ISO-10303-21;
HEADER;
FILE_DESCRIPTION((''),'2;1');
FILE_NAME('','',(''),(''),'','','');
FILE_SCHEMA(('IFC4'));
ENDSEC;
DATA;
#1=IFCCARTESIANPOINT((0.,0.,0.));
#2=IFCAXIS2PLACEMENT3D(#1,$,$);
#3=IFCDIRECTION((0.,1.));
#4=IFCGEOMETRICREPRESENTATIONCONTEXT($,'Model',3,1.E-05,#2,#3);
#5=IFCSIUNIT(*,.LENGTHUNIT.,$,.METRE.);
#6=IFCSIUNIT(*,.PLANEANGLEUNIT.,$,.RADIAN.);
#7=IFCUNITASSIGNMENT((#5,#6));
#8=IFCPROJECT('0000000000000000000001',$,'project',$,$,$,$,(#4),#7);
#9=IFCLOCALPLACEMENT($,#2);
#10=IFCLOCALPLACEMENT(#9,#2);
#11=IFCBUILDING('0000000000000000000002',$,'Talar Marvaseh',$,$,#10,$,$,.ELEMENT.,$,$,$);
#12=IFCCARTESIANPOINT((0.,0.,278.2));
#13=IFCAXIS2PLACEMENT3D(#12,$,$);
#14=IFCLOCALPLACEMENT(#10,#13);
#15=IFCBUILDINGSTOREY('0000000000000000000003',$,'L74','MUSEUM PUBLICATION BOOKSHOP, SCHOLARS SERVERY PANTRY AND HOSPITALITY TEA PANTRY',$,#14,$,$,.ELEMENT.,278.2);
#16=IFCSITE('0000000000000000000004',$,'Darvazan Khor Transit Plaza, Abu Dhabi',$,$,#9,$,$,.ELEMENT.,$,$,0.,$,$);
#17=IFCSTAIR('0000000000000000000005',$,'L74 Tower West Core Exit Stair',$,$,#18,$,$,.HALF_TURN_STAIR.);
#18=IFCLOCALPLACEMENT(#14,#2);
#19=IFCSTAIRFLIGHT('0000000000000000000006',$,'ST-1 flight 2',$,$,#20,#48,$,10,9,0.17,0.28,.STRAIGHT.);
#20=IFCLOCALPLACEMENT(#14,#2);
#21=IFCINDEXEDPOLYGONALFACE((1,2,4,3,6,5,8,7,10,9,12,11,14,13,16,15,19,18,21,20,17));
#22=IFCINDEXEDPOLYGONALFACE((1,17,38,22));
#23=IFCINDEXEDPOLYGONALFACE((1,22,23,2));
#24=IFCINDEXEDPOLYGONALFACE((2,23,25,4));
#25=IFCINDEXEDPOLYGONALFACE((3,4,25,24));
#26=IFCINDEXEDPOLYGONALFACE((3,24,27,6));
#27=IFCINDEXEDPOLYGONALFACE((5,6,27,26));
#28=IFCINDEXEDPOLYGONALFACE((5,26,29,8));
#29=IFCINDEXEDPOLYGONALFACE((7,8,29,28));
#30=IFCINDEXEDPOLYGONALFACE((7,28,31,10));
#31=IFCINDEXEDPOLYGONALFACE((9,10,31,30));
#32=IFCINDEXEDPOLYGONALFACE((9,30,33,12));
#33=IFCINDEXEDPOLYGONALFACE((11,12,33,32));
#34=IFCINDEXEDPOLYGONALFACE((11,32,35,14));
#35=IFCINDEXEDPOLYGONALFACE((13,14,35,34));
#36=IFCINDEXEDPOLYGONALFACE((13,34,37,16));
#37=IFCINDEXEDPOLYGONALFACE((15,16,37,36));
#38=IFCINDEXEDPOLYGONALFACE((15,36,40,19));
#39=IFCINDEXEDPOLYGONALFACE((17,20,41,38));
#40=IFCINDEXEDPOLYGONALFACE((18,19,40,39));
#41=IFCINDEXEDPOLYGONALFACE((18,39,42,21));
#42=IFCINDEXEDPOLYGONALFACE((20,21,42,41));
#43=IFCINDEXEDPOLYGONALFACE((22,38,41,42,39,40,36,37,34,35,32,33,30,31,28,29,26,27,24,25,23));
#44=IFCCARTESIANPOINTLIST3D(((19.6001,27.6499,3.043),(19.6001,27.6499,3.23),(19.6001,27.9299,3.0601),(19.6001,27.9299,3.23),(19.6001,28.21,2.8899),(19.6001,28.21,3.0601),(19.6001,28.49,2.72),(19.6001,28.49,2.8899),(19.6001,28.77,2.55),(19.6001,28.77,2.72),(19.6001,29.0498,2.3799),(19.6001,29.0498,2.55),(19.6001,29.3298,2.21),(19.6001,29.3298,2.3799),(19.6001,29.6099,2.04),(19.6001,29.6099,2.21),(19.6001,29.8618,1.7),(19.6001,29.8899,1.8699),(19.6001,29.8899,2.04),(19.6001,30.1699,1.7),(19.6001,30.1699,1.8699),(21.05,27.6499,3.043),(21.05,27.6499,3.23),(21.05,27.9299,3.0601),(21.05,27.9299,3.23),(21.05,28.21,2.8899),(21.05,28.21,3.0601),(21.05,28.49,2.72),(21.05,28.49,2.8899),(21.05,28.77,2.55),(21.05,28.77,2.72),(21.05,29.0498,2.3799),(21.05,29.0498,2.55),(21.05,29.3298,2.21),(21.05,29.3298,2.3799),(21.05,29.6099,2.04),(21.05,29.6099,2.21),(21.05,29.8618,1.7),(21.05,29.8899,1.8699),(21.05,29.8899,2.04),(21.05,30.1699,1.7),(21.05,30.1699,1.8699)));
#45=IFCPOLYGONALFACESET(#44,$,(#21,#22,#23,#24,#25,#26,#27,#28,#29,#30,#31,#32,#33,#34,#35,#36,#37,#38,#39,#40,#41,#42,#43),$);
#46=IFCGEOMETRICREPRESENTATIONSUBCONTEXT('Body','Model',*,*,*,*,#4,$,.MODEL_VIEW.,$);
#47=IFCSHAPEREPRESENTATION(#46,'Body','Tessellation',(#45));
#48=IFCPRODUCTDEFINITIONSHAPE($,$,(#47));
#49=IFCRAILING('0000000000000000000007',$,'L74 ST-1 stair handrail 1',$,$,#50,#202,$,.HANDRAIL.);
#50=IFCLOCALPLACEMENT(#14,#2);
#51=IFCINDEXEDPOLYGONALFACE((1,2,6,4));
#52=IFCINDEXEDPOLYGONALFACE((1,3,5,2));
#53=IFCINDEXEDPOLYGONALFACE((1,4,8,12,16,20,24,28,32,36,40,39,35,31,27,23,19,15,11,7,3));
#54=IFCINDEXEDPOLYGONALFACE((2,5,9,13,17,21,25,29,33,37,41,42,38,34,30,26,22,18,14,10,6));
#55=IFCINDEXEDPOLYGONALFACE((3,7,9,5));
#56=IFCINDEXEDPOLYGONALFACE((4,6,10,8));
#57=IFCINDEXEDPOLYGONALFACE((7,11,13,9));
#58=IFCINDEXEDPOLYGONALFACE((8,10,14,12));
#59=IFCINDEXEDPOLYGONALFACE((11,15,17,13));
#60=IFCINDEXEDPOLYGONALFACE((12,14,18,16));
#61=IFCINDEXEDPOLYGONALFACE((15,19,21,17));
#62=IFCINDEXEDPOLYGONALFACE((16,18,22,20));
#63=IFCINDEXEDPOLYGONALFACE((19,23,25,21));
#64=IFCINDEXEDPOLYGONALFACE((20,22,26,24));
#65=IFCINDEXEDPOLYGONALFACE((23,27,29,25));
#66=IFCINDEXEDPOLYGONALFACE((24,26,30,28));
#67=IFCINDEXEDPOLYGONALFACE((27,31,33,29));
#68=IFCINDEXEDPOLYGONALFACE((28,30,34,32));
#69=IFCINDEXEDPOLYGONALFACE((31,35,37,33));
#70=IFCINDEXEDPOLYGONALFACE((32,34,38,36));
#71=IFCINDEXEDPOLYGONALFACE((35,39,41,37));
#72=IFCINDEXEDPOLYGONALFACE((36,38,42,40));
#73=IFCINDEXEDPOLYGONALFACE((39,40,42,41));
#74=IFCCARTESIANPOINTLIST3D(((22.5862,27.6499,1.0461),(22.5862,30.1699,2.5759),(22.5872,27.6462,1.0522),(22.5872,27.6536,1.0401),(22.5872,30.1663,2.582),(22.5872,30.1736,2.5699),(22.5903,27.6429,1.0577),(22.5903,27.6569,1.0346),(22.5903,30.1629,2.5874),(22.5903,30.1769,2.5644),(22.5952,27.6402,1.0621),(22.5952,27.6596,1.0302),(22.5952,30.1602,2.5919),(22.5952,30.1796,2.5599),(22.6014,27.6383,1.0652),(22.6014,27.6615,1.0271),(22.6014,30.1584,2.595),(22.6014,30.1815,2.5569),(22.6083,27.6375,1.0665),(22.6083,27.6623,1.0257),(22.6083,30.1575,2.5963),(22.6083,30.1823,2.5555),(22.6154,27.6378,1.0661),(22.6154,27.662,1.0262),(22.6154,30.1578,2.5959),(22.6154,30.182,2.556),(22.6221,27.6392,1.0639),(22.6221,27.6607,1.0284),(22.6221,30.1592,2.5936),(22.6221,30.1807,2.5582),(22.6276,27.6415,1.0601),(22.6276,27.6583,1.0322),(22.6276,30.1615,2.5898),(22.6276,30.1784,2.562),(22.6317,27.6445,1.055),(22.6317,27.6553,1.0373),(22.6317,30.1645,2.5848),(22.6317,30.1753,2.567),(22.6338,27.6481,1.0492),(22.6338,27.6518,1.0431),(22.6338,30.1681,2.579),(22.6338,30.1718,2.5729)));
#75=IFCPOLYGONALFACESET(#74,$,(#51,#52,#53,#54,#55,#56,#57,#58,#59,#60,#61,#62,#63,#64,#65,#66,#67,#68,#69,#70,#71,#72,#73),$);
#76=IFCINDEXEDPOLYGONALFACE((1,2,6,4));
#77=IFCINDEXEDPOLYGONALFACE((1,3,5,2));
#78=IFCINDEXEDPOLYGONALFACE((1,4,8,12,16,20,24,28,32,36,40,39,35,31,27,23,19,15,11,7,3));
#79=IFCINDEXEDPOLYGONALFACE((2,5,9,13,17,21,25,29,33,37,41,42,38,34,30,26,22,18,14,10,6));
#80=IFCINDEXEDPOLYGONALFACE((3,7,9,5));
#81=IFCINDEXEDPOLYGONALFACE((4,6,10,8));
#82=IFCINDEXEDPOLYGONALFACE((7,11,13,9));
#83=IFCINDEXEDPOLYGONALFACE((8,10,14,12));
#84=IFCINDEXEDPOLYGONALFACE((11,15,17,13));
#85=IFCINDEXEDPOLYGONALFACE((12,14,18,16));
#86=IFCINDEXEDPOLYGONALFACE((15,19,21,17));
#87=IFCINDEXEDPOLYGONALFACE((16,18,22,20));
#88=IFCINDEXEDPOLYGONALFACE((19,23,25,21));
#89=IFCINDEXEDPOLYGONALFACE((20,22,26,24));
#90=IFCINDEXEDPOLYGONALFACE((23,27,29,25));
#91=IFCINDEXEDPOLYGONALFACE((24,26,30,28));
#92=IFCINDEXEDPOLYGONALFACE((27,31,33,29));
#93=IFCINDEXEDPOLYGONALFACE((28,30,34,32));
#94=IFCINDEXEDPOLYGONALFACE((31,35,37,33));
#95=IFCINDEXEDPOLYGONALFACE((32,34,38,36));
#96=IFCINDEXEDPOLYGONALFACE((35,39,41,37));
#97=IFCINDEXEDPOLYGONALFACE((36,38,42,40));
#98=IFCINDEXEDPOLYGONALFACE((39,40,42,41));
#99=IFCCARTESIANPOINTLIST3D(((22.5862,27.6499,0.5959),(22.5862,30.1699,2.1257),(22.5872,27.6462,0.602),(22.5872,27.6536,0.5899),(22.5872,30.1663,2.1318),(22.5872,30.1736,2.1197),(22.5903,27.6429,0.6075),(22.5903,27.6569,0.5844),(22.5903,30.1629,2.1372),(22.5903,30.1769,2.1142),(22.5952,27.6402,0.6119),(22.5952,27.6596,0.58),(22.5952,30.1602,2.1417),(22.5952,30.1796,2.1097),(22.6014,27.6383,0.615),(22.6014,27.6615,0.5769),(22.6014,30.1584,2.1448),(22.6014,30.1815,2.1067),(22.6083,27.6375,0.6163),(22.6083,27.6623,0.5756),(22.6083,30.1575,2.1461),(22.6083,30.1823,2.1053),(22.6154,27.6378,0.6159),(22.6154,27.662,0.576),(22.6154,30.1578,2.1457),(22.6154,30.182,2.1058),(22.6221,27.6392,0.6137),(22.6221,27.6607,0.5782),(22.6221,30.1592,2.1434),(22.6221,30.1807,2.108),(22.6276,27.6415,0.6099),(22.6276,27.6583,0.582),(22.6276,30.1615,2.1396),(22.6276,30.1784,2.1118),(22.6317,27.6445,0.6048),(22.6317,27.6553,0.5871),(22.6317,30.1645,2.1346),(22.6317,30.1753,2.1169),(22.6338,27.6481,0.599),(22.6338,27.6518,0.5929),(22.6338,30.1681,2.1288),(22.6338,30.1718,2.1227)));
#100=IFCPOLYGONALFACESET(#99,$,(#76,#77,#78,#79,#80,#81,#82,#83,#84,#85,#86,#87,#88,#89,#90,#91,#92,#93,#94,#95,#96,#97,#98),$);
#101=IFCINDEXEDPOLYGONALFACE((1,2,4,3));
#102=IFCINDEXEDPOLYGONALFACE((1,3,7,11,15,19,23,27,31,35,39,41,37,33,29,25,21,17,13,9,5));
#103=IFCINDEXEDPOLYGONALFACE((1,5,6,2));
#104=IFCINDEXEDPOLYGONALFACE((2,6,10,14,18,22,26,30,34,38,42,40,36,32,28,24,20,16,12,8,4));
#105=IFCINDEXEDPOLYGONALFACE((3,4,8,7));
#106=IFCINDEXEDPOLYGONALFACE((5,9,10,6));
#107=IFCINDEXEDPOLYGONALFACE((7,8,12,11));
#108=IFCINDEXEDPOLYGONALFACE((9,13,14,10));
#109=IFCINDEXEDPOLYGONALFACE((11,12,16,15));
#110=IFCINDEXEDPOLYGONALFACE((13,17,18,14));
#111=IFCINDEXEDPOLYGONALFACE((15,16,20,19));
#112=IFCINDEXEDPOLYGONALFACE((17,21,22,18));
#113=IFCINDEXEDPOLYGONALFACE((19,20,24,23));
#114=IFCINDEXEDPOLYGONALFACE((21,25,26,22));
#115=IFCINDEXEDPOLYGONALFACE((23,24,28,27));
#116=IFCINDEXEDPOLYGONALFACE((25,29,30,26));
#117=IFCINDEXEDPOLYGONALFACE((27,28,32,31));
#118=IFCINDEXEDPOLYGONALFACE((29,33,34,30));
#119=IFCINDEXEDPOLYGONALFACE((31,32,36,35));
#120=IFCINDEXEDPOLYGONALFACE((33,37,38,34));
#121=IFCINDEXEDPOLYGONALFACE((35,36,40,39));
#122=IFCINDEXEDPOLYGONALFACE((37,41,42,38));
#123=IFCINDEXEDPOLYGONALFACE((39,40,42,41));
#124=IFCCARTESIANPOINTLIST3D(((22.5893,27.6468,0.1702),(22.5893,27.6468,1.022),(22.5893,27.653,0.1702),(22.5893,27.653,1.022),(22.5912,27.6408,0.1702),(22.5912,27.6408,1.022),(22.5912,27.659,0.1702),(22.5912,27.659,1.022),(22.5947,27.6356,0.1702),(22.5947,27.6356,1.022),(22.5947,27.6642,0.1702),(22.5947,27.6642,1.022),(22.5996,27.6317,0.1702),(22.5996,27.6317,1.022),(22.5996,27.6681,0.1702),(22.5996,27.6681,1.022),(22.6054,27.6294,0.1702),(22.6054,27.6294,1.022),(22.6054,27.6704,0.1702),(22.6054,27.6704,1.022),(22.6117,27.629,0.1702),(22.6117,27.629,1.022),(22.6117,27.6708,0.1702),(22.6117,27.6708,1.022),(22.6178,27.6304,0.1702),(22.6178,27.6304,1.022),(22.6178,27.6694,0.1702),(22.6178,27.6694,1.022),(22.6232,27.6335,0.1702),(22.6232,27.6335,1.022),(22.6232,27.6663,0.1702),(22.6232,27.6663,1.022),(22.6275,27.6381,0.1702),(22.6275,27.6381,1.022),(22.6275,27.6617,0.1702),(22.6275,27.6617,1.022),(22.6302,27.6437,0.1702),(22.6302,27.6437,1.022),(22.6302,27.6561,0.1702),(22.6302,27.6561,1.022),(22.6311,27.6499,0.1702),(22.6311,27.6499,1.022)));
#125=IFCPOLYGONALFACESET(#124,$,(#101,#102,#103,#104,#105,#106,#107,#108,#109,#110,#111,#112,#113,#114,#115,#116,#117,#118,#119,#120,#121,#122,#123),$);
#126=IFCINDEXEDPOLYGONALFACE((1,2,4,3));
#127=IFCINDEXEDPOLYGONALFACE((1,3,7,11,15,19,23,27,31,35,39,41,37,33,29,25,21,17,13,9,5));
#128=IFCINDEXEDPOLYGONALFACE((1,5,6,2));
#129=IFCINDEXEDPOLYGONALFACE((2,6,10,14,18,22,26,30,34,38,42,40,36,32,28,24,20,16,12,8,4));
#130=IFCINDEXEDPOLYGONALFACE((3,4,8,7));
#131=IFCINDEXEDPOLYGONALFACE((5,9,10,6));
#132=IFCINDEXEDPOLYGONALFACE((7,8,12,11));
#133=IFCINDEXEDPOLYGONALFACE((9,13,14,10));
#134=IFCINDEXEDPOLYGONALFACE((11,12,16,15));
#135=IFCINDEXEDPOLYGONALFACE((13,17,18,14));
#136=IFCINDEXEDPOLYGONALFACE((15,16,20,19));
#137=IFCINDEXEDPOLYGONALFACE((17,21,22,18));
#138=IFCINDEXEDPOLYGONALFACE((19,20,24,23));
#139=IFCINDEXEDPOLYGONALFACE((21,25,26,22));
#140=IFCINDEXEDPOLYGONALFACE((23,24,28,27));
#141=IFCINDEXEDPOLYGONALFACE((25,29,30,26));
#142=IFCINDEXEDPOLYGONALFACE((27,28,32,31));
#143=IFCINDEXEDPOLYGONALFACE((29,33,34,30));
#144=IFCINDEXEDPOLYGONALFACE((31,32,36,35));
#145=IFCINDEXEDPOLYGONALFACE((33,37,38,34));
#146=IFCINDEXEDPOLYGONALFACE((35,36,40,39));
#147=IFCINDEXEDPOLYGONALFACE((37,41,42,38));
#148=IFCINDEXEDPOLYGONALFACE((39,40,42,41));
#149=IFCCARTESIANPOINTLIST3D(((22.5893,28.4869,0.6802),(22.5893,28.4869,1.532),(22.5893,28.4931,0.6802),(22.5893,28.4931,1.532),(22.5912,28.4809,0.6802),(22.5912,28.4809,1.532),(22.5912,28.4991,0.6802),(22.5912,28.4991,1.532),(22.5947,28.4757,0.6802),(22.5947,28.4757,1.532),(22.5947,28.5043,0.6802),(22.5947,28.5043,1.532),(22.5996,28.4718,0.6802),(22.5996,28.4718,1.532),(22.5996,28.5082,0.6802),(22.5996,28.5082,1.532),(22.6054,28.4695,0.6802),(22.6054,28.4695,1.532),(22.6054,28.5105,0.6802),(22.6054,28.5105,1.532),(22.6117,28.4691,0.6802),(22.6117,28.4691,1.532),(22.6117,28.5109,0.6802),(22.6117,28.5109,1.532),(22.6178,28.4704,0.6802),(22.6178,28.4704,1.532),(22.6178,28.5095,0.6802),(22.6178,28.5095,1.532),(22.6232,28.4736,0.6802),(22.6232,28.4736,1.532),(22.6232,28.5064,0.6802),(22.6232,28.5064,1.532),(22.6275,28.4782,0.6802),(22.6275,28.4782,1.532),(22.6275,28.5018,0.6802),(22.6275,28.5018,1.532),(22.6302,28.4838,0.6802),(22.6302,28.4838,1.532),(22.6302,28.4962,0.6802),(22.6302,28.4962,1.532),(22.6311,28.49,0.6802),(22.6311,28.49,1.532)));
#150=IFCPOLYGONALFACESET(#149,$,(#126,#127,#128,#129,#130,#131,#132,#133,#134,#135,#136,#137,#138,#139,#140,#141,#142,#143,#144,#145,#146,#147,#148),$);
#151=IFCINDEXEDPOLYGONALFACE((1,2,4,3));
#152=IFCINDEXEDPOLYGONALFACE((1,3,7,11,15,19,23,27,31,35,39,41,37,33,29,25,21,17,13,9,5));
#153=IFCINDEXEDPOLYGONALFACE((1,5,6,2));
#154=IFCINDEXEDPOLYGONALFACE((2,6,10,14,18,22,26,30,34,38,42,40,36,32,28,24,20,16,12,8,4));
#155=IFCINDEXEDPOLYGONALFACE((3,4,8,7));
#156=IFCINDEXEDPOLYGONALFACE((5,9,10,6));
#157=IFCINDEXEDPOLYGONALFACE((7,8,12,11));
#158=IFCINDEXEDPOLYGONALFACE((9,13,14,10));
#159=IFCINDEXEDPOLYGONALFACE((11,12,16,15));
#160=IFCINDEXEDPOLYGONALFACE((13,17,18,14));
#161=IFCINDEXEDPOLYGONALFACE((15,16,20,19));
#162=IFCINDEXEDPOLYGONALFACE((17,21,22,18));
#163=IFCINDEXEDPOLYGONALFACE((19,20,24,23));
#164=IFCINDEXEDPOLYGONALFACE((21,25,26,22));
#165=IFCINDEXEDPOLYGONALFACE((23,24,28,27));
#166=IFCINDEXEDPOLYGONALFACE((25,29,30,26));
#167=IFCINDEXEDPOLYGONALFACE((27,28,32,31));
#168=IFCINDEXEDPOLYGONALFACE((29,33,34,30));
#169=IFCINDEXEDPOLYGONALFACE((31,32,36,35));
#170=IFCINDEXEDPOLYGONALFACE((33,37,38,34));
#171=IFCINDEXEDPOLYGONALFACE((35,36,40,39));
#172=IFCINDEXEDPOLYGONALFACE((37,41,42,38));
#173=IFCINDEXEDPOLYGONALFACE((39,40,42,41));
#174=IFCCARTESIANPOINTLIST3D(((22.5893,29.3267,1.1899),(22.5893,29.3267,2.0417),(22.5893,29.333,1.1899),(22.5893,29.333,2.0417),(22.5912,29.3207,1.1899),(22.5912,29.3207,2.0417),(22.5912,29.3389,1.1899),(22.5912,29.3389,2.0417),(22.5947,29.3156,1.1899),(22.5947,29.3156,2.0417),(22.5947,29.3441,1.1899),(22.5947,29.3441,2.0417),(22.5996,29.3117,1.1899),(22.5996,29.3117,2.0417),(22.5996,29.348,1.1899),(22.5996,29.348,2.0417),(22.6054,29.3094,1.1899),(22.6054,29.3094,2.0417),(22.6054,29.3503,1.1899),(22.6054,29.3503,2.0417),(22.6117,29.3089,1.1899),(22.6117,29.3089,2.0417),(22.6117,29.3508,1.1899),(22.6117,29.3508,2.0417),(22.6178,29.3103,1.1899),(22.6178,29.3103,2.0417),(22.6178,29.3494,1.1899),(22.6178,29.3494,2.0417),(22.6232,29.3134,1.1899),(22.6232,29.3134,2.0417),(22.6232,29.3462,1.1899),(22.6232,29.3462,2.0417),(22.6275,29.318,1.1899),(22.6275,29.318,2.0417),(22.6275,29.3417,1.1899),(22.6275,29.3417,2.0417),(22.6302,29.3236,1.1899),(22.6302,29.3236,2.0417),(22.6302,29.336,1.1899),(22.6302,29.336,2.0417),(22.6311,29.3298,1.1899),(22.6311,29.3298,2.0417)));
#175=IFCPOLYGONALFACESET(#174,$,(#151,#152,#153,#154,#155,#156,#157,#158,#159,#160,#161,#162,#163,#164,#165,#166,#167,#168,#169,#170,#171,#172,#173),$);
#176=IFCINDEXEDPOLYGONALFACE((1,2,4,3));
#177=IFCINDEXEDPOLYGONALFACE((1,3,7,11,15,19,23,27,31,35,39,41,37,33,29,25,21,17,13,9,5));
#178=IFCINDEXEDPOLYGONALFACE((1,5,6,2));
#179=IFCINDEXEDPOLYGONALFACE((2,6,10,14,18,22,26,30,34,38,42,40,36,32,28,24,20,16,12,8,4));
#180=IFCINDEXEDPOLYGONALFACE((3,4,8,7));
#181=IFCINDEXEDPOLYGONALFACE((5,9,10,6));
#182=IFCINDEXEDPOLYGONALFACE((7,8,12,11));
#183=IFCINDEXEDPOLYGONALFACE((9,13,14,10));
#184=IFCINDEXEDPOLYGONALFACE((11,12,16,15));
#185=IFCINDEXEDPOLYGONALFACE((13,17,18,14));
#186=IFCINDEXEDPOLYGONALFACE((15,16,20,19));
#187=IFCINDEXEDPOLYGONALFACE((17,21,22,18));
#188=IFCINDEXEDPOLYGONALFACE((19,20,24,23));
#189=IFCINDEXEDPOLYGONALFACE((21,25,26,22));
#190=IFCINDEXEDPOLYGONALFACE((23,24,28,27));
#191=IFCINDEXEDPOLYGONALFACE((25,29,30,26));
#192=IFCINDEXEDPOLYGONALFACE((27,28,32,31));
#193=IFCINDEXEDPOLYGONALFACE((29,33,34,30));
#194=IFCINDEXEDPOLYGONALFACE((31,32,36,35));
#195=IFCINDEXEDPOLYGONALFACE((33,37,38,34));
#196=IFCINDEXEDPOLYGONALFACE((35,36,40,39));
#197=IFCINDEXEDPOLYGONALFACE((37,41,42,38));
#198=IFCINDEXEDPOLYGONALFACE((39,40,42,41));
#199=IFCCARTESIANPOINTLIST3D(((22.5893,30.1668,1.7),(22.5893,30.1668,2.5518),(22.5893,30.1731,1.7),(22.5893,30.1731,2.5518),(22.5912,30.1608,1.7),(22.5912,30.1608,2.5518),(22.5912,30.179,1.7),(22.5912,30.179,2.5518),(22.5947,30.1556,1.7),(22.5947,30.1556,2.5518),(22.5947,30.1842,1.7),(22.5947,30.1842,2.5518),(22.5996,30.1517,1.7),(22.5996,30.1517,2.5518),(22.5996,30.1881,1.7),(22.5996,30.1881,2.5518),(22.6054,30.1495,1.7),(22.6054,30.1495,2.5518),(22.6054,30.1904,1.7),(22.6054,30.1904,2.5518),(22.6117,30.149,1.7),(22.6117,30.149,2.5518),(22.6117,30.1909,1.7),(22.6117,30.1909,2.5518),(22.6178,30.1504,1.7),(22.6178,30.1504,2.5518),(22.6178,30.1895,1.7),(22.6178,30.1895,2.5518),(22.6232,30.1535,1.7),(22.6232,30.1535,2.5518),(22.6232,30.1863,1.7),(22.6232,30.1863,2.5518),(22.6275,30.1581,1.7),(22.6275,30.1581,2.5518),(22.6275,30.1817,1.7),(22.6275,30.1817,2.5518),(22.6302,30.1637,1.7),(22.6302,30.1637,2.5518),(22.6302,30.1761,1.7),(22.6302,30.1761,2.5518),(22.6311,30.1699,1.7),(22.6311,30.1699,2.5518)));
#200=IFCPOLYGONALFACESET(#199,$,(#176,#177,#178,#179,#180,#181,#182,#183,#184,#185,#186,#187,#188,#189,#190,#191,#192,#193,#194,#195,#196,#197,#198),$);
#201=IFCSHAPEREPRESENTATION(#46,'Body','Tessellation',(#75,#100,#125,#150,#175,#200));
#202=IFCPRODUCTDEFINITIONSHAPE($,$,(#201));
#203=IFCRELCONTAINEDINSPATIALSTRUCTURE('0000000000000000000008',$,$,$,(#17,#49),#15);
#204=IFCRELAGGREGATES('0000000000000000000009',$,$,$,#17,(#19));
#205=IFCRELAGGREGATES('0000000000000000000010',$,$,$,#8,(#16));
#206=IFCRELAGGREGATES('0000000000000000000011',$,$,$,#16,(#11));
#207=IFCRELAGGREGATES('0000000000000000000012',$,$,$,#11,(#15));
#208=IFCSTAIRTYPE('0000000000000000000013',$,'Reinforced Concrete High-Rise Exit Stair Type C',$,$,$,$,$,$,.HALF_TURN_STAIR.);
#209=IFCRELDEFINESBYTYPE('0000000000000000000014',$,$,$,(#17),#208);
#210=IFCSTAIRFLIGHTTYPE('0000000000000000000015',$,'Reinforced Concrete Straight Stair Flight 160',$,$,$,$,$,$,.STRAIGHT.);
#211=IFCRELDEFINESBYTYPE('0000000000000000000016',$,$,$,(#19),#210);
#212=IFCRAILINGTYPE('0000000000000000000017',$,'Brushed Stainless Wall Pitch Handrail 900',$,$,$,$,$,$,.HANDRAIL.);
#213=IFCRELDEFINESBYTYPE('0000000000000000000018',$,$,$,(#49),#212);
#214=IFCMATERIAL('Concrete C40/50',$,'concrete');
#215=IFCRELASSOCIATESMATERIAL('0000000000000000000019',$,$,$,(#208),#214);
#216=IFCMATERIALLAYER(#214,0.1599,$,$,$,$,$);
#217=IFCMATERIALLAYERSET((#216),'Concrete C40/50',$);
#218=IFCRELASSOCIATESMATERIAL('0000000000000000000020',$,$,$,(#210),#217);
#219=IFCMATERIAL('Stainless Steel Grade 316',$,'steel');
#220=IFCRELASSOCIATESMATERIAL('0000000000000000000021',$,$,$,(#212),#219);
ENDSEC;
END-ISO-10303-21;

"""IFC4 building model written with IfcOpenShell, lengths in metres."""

from ifc_helpers import new_model, si_unit, direction, frame, origin, origin_2d, place, context, subcontext, project, spatial, polyline, circle, outline, extrude, material, layer, layer_set, type_object, element, aggregate, save


model = new_model("IFC4")

# Units and contexts
model_context = context("Model", 3, precision=1e-05, world=origin(), true_north=direction((0.0, 1.0)))
body_context = subcontext(model_context, "Body", "Model", "MODEL_VIEW")
ifc_project = project(units=[si_unit("LENGTHUNIT", "METRE"), si_unit("PLANEANGLEUNIT", "RADIAN")], contexts=[model_context])

# Site, building, storey
site_placement = place(None, origin())
site = spatial("IfcSite", under=ifc_project, at=site_placement, Name="Darvazan Khor Transit Plaza, Abu Dhabi", CompositionType="ELEMENT", RefElevation=0.0)
building_placement = place(site_placement, origin())
building = spatial("IfcBuilding", under=site, at=building_placement, Name="Talar Marvaseh", CompositionType="ELEMENT")
storey_placement = place(building_placement, frame((0.0, 0.0, 278.2)))
storey = spatial("IfcBuildingStorey", under=building, at=storey_placement, Name="L74", Description="MUSEUM PUBLICATION BOOKSHOP, SCHOLARS SERVERY PANTRY AND HOSPITALITY TEA PANTRY", CompositionType="ELEMENT", Elevation=278.2)

# Shared definitions
ifc_material_1 = material(Name="Concrete C40/50", Category="concrete")

# Stair, stair flight
stair_type = type_object("IfcStairType", Name="Reinforced Concrete High-Rise Exit Stair Type C", PredefinedType="HALF_TURN_STAIR", material=ifc_material_1)
stair_placement = place(storey_placement, origin())
stair = element("IfcStair", 1, at=stair_placement, inside=storey, type_object=stair_type, Name="L74 Tower West Core Exit Stair", PredefinedType="HALF_TURN_STAIR")
ifc_layer_1 = layer(ifc_material_1, 0.1599)
ifc_layer_set_1 = layer_set([ifc_layer_1], Name="Concrete C40/50")
stair_flight_type = type_object("IfcStairFlightType", Name="Reinforced Concrete Straight Stair Flight 160", PredefinedType="STRAIGHT", material=ifc_layer_set_1)
stair_flight_1_placement = place(storey_placement, frame((20.325, 30.1699, 1.7), z_axis=(0.0, 0.0, 1.0), x_axis=(0.0, -1.0, 0.0)))
stair_flight_1 = element("IfcStairFlight", 2, at=stair_flight_1_placement, type_object=stair_flight_type, Name="ST-1 flight 2", NumberOfRisers=10, NumberOfTreads=9, PredefinedType="STRAIGHT", RiserHeight=0.17, TreadLength=0.28, context=body_context, shape_type="SweptSolid", body=[
    extrude(outline(polyline([(0.0, 0.0), (0.0, 0.1699), (0.28, 0.1699), (0.28, 0.3401), (0.5601, 0.3401), (0.5601, 0.51), (0.8401, 0.51), (0.8401, 0.6799), (1.1201, 0.6799), (1.1201, 0.8501), (1.3999, 0.8501), (1.3999, 1.02), (1.6799, 1.02), (1.6799, 1.1899), (1.96, 1.1899), (1.96, 1.3601), (2.24, 1.3601), (2.24, 1.53), (2.52, 1.53), (2.52, 1.7), (2.52, 1.343), (0.3081, 0.0), (0.0, 0.0)])), frame((0.0, 0.7251, 0.0), z_axis=(0.0, -1.0, 0.0), x_axis=(1.0, 0.0, 0.0)), (0.0, 0.0, 1.0), 1.45),
])
aggregate(stair, [stair_flight_1])

# Railing
ifc_material_2 = material(Name="Stainless Steel Grade 316", Category="steel")
railing_type_1 = type_object("IfcRailingType", Name="Brushed Stainless Wall Pitch Handrail 900", PredefinedType="HANDRAIL", material=ifc_material_2)
railing_1_placement = place(storey_placement, frame((22.6101, 27.6499, 0.1702)))
element("IfcRailing", 3, at=railing_1_placement, inside=storey, type_object=railing_type_1, Name="L74 ST-1 stair handrail 1", PredefinedType="HANDRAIL", context=body_context, shape_type="SweptSolid", body=[
    extrude(circle(Radius=0.0239, at=origin_2d()), frame((0.0, 0.0, 0.876), z_axis=(0.0, 0.854822, 0.518922), x_axis=(-1.0, 0.0, 0.0)), (0.0, 0.0, 1.0), 2.948),
    extrude(circle(Radius=0.0239, at=origin_2d()), frame((0.0, 0.0, 0.4258), z_axis=(0.0, 0.854822, 0.518922), x_axis=(-1.0, 0.0, 0.0)), (0.0, 0.0, 1.0), 2.948),
    extrude(circle(Radius=0.021, at=origin_2d()), origin(), (0.0, 0.0, 1.0), 0.8518),
    extrude(circle(Radius=0.021, at=origin_2d()), frame((0.0, 0.8401, 0.51)), (0.0, 0.0, 1.0), 0.8518),
    extrude(circle(Radius=0.021, at=origin_2d()), frame((0.0, 1.6799, 1.0198)), (0.0, 0.0, 1.0), 0.8518),
    extrude(circle(Radius=0.021, at=origin_2d()), frame((0.0, 2.52, 1.5298)), (0.0, 0.0, 1.0), 0.8518),
])

save(model, "model.ifc")
